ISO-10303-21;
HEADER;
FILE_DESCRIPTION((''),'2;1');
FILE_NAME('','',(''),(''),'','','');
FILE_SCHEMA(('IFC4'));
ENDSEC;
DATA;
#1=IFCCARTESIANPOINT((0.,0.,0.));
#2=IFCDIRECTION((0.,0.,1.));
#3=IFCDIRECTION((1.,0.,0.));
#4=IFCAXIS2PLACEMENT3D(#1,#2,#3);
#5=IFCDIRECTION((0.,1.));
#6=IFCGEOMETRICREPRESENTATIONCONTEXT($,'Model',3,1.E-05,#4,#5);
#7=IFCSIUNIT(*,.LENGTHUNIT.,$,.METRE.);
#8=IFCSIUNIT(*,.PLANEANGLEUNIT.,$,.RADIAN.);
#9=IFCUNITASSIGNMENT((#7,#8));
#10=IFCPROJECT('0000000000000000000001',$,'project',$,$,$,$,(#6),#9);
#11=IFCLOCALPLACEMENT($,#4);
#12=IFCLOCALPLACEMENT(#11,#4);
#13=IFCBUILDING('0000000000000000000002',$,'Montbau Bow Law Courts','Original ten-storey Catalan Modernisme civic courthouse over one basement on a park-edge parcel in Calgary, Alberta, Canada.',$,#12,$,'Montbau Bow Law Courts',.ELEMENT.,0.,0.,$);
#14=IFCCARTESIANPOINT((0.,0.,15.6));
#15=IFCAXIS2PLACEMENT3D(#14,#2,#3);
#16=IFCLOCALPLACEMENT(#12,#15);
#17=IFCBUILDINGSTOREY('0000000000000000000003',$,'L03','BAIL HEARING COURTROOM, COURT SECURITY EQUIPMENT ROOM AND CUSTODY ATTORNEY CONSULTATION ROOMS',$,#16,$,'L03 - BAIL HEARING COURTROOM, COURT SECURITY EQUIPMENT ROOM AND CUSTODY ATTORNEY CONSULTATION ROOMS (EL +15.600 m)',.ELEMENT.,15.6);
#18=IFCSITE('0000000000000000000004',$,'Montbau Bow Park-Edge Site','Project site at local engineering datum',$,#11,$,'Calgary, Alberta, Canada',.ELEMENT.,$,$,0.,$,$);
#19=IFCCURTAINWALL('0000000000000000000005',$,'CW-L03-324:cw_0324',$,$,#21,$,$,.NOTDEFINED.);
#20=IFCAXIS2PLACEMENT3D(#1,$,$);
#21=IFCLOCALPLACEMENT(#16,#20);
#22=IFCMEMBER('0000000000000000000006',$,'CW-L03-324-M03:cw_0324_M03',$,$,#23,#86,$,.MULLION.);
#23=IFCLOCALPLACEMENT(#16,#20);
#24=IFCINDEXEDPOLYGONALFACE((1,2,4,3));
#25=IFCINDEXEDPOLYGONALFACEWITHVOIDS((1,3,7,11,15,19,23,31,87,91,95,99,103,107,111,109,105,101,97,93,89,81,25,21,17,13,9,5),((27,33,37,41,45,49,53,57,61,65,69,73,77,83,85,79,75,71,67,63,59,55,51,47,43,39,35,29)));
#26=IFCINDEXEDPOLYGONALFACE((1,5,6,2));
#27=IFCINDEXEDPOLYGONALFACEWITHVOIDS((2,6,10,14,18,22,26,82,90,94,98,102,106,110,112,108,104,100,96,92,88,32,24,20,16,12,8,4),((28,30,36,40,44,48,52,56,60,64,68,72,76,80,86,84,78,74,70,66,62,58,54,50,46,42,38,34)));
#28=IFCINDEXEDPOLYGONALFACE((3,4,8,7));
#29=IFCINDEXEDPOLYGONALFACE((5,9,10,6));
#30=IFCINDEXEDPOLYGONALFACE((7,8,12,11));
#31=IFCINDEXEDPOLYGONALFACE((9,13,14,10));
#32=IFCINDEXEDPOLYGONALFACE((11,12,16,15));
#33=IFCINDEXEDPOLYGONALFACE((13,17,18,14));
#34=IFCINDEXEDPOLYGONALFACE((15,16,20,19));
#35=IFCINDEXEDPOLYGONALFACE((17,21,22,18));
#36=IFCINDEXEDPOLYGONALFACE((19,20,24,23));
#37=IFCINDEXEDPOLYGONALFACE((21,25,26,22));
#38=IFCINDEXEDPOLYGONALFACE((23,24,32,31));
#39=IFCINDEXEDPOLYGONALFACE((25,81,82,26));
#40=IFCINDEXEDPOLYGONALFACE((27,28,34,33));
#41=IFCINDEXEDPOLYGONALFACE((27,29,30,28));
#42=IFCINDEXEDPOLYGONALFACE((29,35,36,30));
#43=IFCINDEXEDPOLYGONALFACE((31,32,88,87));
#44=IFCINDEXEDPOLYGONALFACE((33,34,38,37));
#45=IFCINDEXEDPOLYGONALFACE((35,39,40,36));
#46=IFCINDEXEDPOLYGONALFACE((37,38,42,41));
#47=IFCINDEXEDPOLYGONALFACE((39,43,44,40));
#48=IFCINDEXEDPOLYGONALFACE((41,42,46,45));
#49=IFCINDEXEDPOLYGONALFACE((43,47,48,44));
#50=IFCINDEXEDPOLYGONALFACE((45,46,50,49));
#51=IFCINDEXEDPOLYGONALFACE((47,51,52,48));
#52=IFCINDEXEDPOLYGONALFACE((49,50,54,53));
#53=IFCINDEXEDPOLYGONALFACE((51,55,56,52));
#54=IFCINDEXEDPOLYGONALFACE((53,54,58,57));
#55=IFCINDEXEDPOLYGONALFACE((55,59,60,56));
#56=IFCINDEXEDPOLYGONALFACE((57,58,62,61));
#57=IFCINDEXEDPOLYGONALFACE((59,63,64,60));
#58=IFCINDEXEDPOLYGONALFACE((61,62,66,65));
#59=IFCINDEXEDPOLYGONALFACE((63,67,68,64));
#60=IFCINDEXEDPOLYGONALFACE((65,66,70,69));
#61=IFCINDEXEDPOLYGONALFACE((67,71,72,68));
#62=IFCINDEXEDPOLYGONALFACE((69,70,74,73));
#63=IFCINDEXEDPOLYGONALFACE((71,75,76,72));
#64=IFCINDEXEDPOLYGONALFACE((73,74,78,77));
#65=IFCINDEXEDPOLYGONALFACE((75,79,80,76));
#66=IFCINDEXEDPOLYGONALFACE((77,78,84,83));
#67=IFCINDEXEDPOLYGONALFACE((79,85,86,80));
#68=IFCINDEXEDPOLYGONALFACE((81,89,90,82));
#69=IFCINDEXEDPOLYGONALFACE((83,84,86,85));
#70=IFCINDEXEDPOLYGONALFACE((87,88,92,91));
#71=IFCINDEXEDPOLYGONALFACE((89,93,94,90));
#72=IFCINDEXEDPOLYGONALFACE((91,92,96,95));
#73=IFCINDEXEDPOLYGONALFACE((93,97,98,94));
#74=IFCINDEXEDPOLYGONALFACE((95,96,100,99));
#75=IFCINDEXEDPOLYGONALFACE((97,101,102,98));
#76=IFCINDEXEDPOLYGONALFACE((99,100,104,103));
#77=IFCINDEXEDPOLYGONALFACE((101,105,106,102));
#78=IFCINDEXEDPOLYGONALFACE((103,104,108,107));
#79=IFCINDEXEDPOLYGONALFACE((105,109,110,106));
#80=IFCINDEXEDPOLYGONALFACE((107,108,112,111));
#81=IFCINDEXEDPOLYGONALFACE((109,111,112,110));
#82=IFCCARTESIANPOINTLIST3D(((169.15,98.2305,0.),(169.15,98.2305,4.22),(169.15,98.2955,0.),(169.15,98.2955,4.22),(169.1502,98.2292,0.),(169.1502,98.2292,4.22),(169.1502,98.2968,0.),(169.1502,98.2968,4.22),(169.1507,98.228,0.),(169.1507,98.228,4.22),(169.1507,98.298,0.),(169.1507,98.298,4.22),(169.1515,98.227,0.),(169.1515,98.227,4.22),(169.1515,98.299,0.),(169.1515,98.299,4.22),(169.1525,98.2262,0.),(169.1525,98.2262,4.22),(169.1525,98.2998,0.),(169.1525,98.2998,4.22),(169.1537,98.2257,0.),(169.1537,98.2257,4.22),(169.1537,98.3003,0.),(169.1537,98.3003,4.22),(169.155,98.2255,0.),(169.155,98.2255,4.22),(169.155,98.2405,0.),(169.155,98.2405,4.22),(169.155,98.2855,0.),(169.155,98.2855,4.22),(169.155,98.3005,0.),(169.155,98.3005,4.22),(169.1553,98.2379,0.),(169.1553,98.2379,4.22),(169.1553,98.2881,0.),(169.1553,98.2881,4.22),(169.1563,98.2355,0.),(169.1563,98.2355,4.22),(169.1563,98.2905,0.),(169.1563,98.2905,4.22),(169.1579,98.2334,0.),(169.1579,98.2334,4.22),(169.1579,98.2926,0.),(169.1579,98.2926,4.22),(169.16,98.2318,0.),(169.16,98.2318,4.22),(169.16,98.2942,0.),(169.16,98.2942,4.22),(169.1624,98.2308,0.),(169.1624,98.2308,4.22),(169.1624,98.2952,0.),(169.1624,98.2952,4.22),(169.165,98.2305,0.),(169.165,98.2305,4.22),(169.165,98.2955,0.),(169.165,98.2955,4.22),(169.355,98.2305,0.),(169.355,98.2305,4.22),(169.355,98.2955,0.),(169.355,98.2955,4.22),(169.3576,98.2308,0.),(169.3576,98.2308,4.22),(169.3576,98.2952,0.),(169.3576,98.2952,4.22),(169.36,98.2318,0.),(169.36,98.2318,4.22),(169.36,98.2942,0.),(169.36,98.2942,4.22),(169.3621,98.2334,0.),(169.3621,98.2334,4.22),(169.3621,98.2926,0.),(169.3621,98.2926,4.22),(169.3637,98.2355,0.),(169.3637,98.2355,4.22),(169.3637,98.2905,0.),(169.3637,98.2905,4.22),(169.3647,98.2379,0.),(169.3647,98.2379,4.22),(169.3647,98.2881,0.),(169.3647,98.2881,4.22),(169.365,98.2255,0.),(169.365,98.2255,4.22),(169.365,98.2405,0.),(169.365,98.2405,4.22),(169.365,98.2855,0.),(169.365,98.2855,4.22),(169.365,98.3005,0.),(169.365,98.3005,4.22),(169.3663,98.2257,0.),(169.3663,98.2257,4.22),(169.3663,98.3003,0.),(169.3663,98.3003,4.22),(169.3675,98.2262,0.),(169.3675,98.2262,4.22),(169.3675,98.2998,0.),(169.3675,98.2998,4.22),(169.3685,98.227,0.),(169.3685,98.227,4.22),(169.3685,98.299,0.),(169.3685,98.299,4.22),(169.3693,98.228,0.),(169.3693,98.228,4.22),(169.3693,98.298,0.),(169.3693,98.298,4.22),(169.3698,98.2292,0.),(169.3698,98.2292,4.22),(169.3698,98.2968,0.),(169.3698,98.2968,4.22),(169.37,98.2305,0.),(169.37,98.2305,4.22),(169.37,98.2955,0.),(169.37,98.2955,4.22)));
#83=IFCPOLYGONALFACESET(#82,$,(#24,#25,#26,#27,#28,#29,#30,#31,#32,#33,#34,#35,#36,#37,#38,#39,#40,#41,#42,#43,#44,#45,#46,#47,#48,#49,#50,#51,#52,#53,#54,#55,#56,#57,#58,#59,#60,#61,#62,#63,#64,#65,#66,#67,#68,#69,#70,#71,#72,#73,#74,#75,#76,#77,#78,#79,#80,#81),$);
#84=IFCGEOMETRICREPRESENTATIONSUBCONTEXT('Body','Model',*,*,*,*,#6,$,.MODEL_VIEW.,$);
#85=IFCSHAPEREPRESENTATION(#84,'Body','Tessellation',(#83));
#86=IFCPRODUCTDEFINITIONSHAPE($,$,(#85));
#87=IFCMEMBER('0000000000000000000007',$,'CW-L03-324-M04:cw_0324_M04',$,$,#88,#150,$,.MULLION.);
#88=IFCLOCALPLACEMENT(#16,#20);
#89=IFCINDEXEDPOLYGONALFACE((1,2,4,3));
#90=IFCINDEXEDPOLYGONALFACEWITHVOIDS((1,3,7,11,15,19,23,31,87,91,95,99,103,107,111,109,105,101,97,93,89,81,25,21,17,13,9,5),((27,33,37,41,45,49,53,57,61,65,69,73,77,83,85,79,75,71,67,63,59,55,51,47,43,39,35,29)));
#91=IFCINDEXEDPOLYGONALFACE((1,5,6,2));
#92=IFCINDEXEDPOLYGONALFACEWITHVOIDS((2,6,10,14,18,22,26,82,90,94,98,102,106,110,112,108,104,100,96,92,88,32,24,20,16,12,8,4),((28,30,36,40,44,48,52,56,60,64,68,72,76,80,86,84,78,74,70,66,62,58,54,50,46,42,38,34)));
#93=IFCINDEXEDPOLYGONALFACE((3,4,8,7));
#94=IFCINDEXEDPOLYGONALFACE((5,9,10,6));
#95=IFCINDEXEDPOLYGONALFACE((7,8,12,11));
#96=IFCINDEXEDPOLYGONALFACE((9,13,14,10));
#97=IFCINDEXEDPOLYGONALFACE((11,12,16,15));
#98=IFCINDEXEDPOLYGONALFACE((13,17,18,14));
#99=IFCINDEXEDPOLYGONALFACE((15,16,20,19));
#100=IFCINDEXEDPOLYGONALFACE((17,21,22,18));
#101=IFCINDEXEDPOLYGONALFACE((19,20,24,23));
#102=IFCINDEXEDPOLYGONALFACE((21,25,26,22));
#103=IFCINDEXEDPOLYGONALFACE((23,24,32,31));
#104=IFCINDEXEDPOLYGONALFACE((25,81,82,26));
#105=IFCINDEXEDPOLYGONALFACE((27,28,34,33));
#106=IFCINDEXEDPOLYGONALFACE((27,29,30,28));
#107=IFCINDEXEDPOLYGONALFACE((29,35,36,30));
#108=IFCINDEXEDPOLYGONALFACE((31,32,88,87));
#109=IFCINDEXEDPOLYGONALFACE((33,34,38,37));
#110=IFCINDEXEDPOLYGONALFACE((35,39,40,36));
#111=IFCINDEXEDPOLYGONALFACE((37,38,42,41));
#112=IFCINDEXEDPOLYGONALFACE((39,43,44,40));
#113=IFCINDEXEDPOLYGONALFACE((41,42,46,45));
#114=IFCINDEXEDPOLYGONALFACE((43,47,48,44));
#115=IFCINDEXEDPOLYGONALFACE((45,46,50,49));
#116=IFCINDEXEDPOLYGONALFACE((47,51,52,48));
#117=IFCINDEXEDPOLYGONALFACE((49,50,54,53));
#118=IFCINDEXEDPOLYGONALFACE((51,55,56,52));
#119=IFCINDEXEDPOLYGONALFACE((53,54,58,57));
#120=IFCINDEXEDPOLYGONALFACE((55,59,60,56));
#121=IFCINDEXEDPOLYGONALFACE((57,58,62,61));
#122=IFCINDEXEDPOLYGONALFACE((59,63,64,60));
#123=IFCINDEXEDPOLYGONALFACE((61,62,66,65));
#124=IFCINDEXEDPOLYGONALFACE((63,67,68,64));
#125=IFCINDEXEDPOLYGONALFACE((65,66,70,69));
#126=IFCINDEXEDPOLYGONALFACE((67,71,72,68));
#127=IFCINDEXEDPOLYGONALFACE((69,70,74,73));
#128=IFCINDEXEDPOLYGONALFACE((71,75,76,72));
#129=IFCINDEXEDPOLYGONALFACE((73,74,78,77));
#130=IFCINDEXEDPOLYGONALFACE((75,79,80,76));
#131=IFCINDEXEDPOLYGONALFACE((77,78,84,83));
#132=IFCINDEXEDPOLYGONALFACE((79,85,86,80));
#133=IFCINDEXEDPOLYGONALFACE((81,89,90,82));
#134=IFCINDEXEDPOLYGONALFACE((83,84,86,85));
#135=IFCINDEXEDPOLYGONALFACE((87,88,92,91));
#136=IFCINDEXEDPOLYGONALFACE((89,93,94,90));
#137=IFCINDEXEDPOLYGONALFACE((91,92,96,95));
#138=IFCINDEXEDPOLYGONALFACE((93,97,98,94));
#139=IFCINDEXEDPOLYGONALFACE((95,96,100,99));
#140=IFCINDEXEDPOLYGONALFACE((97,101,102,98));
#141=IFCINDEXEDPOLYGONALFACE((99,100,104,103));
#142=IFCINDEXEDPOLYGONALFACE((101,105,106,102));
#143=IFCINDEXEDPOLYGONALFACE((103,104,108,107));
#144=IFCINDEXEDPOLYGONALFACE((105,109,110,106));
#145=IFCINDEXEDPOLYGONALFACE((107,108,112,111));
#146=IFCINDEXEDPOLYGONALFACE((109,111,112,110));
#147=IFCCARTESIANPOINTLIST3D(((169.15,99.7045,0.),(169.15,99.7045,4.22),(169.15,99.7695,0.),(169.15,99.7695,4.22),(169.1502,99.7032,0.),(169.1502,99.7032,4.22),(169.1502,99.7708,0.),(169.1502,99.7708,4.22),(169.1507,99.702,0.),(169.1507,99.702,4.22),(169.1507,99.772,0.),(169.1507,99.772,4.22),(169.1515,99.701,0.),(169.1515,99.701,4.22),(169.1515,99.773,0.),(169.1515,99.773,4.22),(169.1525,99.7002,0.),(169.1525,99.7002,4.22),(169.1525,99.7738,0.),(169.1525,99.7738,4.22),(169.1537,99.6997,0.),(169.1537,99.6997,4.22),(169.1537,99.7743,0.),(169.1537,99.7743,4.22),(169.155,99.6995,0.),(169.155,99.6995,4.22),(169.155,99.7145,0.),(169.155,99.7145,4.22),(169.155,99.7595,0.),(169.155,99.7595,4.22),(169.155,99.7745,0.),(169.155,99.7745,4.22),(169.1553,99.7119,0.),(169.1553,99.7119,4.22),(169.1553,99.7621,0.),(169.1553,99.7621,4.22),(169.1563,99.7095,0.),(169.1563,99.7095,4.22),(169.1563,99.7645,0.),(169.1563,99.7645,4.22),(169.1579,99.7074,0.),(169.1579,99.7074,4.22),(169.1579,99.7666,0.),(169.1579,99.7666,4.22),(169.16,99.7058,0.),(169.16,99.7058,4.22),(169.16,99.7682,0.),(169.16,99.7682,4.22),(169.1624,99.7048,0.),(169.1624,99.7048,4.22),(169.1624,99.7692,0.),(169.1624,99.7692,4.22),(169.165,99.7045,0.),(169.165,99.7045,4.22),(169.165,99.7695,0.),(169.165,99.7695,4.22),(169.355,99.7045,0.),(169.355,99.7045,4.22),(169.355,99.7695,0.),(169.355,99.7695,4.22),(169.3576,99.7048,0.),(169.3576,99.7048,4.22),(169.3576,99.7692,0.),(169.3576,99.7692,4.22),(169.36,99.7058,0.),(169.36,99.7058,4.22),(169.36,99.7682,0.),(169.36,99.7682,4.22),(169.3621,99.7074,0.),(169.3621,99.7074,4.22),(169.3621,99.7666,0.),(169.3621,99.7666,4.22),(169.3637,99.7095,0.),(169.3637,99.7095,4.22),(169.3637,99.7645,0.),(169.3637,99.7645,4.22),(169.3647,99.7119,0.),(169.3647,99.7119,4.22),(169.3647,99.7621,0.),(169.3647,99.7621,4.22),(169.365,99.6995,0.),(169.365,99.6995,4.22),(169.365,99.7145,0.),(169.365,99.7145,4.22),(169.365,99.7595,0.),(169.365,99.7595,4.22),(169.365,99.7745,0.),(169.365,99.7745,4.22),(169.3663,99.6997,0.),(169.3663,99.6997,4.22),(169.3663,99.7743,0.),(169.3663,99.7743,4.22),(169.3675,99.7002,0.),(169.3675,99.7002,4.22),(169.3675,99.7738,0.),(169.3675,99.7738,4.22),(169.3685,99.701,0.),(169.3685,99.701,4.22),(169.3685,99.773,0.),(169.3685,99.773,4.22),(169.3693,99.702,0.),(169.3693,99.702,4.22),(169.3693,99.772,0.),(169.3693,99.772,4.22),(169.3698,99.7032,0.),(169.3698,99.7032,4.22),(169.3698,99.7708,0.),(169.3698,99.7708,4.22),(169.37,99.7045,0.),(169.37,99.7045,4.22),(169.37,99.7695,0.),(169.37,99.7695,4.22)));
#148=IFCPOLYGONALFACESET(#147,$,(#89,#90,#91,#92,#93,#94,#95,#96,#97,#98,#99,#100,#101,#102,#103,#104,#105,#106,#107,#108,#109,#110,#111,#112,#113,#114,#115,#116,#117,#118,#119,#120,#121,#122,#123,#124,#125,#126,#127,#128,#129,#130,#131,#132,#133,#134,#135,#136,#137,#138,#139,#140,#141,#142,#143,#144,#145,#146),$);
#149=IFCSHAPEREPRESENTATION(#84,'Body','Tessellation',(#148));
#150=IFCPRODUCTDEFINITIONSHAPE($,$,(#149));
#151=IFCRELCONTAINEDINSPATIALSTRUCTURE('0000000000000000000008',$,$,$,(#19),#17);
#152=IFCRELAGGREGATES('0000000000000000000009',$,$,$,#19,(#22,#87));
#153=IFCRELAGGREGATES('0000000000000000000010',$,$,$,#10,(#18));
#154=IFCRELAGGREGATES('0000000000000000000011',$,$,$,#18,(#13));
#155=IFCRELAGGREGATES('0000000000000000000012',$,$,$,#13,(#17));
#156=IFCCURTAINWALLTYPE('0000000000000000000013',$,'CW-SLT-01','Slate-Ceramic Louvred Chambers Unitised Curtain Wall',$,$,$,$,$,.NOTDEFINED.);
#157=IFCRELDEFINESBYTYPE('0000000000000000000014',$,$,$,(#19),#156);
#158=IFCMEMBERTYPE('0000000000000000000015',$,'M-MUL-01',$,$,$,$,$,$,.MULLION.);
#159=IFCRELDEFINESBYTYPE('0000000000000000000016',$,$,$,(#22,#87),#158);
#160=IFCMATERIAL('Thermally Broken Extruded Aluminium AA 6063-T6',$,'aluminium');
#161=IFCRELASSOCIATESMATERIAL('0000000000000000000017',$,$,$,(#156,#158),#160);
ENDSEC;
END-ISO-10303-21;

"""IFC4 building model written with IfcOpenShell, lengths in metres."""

from ifc_helpers import new_model, si_unit, direction, frame, origin_with_axes, origin_2d_with_axis, place, context, subcontext, project, spatial, hollow_rectangle, extrude, material, material_profile, profile_set, type_object, element, aggregate, save


model = new_model("IFC4")

# Units and contexts
model_context = context("Model", 3, precision=1e-05, world=origin_with_axes(), true_north=direction((0.0, 1.0)))
body_context = subcontext(model_context, "Body", "Model", "MODEL_VIEW")
ifc_project = project(units=[si_unit("LENGTHUNIT", "METRE"), si_unit("PLANEANGLEUNIT", "RADIAN")], contexts=[model_context])

# Site, building, storey
site_placement = place(None, origin_with_axes())
site = spatial("IfcSite", under=ifc_project, at=site_placement, Name="Montbau Bow Park-Edge Site", Description="Project site at local engineering datum", LongName="Calgary, Alberta, Canada", CompositionType="ELEMENT", RefElevation=0.0)
building_placement = place(site_placement, origin_with_axes())
building = spatial("IfcBuilding", under=site, at=building_placement, Name="Montbau Bow Law Courts", Description="Original ten-storey Catalan Modernisme civic courthouse over one basement on a park-edge parcel in Calgary, Alberta, Canada.", LongName="Montbau Bow Law Courts", CompositionType="ELEMENT", ElevationOfRefHeight=0.0, ElevationOfTerrain=0.0)
storey_placement = place(building_placement, frame((0.0, 0.0, 15.6), z_axis=(0.0, 0.0, 1.0), x_axis=(1.0, 0.0, 0.0)))
storey = spatial("IfcBuildingStorey", under=building, at=storey_placement, Name="L03", Description="BAIL HEARING COURTROOM, COURT SECURITY EQUIPMENT ROOM AND CUSTODY ATTORNEY CONSULTATION ROOMS", LongName="L03 - BAIL HEARING COURTROOM, COURT SECURITY EQUIPMENT ROOM AND CUSTODY ATTORNEY CONSULTATION ROOMS (EL +15.600 m)", CompositionType="ELEMENT", Elevation=15.6)

# Curtain wall, members
ifc_material_1 = material(Name="Thermally Broken Extruded Aluminium AA 6063-T6", Category="aluminium")
curtain_wall_type = type_object("IfcCurtainWallType", Name="CW-SLT-01", Description="Slate-Ceramic Louvred Chambers Unitised Curtain Wall", PredefinedType="NOTDEFINED", material=ifc_material_1)
curtain_wall_placement = place(None, frame((169.26, 95.315, 15.6), z_axis=(0.0, 0.0, 1.0), x_axis=(1.0, 0.0, 0.0)))
curtain_wall = element("IfcCurtainWall", 1, at=curtain_wall_placement, inside=storey, type_object=curtain_wall_type, Name="CW-L03-324:cw_0324", PredefinedType="NOTDEFINED")
ifc_material_profile_1 = material_profile(ifc_material_1, hollow_rectangle(XDim=0.075, YDim=0.22, WallThickness=0.005, InnerFilletRadius=0.01, OuterFilletRadius=0.005, at=origin_2d_with_axis()), Name="CWM-220X75", Category="Main", Priority=0)
ifc_profile_set_1 = profile_set([ifc_material_profile_1], Name="Thermally Broken Extruded Aluminium AA 6063-T6")
member_type_1 = type_object("IfcMemberType", Name="M-MUL-01", PredefinedType="MULLION", material=ifc_profile_set_1)
member_1_placement = place(None, frame((169.26, 98.263, 15.6), z_axis=(0.0, 0.0, 1.0), x_axis=(0.0, 1.0, 0.0)))
member_1 = element("IfcMember", 2, at=member_1_placement, type_object=member_type_1, Name="CW-L03-324-M03:cw_0324_M03", PredefinedType="MULLION", context=body_context, shape_type="SweptSolid", body=[
    extrude(hollow_rectangle(XDim=0.075, YDim=0.22, WallThickness=0.005, InnerFilletRadius=0.01, OuterFilletRadius=0.005, at=origin_2d_with_axis()), origin_with_axes(), (0.0, 0.0, 1.0), 4.22),
])
member_2_placement = place(None, frame((169.26, 99.737, 15.6), z_axis=(0.0, 0.0, 1.0), x_axis=(0.0, 1.0, 0.0)))
member_2 = element("IfcMember", 3, at=member_2_placement, type_object=member_type_1, Name="CW-L03-324-M04:cw_0324_M04", PredefinedType="MULLION", context=body_context, shape_type="SweptSolid", body=[
    extrude(hollow_rectangle(XDim=0.075, YDim=0.22, WallThickness=0.005, InnerFilletRadius=0.01, OuterFilletRadius=0.005, at=origin_2d_with_axis()), origin_with_axes(), (0.0, 0.0, 1.0), 4.22),
])
aggregate(curtain_wall, [member_1, member_2])

save(model, "model.ifc")
